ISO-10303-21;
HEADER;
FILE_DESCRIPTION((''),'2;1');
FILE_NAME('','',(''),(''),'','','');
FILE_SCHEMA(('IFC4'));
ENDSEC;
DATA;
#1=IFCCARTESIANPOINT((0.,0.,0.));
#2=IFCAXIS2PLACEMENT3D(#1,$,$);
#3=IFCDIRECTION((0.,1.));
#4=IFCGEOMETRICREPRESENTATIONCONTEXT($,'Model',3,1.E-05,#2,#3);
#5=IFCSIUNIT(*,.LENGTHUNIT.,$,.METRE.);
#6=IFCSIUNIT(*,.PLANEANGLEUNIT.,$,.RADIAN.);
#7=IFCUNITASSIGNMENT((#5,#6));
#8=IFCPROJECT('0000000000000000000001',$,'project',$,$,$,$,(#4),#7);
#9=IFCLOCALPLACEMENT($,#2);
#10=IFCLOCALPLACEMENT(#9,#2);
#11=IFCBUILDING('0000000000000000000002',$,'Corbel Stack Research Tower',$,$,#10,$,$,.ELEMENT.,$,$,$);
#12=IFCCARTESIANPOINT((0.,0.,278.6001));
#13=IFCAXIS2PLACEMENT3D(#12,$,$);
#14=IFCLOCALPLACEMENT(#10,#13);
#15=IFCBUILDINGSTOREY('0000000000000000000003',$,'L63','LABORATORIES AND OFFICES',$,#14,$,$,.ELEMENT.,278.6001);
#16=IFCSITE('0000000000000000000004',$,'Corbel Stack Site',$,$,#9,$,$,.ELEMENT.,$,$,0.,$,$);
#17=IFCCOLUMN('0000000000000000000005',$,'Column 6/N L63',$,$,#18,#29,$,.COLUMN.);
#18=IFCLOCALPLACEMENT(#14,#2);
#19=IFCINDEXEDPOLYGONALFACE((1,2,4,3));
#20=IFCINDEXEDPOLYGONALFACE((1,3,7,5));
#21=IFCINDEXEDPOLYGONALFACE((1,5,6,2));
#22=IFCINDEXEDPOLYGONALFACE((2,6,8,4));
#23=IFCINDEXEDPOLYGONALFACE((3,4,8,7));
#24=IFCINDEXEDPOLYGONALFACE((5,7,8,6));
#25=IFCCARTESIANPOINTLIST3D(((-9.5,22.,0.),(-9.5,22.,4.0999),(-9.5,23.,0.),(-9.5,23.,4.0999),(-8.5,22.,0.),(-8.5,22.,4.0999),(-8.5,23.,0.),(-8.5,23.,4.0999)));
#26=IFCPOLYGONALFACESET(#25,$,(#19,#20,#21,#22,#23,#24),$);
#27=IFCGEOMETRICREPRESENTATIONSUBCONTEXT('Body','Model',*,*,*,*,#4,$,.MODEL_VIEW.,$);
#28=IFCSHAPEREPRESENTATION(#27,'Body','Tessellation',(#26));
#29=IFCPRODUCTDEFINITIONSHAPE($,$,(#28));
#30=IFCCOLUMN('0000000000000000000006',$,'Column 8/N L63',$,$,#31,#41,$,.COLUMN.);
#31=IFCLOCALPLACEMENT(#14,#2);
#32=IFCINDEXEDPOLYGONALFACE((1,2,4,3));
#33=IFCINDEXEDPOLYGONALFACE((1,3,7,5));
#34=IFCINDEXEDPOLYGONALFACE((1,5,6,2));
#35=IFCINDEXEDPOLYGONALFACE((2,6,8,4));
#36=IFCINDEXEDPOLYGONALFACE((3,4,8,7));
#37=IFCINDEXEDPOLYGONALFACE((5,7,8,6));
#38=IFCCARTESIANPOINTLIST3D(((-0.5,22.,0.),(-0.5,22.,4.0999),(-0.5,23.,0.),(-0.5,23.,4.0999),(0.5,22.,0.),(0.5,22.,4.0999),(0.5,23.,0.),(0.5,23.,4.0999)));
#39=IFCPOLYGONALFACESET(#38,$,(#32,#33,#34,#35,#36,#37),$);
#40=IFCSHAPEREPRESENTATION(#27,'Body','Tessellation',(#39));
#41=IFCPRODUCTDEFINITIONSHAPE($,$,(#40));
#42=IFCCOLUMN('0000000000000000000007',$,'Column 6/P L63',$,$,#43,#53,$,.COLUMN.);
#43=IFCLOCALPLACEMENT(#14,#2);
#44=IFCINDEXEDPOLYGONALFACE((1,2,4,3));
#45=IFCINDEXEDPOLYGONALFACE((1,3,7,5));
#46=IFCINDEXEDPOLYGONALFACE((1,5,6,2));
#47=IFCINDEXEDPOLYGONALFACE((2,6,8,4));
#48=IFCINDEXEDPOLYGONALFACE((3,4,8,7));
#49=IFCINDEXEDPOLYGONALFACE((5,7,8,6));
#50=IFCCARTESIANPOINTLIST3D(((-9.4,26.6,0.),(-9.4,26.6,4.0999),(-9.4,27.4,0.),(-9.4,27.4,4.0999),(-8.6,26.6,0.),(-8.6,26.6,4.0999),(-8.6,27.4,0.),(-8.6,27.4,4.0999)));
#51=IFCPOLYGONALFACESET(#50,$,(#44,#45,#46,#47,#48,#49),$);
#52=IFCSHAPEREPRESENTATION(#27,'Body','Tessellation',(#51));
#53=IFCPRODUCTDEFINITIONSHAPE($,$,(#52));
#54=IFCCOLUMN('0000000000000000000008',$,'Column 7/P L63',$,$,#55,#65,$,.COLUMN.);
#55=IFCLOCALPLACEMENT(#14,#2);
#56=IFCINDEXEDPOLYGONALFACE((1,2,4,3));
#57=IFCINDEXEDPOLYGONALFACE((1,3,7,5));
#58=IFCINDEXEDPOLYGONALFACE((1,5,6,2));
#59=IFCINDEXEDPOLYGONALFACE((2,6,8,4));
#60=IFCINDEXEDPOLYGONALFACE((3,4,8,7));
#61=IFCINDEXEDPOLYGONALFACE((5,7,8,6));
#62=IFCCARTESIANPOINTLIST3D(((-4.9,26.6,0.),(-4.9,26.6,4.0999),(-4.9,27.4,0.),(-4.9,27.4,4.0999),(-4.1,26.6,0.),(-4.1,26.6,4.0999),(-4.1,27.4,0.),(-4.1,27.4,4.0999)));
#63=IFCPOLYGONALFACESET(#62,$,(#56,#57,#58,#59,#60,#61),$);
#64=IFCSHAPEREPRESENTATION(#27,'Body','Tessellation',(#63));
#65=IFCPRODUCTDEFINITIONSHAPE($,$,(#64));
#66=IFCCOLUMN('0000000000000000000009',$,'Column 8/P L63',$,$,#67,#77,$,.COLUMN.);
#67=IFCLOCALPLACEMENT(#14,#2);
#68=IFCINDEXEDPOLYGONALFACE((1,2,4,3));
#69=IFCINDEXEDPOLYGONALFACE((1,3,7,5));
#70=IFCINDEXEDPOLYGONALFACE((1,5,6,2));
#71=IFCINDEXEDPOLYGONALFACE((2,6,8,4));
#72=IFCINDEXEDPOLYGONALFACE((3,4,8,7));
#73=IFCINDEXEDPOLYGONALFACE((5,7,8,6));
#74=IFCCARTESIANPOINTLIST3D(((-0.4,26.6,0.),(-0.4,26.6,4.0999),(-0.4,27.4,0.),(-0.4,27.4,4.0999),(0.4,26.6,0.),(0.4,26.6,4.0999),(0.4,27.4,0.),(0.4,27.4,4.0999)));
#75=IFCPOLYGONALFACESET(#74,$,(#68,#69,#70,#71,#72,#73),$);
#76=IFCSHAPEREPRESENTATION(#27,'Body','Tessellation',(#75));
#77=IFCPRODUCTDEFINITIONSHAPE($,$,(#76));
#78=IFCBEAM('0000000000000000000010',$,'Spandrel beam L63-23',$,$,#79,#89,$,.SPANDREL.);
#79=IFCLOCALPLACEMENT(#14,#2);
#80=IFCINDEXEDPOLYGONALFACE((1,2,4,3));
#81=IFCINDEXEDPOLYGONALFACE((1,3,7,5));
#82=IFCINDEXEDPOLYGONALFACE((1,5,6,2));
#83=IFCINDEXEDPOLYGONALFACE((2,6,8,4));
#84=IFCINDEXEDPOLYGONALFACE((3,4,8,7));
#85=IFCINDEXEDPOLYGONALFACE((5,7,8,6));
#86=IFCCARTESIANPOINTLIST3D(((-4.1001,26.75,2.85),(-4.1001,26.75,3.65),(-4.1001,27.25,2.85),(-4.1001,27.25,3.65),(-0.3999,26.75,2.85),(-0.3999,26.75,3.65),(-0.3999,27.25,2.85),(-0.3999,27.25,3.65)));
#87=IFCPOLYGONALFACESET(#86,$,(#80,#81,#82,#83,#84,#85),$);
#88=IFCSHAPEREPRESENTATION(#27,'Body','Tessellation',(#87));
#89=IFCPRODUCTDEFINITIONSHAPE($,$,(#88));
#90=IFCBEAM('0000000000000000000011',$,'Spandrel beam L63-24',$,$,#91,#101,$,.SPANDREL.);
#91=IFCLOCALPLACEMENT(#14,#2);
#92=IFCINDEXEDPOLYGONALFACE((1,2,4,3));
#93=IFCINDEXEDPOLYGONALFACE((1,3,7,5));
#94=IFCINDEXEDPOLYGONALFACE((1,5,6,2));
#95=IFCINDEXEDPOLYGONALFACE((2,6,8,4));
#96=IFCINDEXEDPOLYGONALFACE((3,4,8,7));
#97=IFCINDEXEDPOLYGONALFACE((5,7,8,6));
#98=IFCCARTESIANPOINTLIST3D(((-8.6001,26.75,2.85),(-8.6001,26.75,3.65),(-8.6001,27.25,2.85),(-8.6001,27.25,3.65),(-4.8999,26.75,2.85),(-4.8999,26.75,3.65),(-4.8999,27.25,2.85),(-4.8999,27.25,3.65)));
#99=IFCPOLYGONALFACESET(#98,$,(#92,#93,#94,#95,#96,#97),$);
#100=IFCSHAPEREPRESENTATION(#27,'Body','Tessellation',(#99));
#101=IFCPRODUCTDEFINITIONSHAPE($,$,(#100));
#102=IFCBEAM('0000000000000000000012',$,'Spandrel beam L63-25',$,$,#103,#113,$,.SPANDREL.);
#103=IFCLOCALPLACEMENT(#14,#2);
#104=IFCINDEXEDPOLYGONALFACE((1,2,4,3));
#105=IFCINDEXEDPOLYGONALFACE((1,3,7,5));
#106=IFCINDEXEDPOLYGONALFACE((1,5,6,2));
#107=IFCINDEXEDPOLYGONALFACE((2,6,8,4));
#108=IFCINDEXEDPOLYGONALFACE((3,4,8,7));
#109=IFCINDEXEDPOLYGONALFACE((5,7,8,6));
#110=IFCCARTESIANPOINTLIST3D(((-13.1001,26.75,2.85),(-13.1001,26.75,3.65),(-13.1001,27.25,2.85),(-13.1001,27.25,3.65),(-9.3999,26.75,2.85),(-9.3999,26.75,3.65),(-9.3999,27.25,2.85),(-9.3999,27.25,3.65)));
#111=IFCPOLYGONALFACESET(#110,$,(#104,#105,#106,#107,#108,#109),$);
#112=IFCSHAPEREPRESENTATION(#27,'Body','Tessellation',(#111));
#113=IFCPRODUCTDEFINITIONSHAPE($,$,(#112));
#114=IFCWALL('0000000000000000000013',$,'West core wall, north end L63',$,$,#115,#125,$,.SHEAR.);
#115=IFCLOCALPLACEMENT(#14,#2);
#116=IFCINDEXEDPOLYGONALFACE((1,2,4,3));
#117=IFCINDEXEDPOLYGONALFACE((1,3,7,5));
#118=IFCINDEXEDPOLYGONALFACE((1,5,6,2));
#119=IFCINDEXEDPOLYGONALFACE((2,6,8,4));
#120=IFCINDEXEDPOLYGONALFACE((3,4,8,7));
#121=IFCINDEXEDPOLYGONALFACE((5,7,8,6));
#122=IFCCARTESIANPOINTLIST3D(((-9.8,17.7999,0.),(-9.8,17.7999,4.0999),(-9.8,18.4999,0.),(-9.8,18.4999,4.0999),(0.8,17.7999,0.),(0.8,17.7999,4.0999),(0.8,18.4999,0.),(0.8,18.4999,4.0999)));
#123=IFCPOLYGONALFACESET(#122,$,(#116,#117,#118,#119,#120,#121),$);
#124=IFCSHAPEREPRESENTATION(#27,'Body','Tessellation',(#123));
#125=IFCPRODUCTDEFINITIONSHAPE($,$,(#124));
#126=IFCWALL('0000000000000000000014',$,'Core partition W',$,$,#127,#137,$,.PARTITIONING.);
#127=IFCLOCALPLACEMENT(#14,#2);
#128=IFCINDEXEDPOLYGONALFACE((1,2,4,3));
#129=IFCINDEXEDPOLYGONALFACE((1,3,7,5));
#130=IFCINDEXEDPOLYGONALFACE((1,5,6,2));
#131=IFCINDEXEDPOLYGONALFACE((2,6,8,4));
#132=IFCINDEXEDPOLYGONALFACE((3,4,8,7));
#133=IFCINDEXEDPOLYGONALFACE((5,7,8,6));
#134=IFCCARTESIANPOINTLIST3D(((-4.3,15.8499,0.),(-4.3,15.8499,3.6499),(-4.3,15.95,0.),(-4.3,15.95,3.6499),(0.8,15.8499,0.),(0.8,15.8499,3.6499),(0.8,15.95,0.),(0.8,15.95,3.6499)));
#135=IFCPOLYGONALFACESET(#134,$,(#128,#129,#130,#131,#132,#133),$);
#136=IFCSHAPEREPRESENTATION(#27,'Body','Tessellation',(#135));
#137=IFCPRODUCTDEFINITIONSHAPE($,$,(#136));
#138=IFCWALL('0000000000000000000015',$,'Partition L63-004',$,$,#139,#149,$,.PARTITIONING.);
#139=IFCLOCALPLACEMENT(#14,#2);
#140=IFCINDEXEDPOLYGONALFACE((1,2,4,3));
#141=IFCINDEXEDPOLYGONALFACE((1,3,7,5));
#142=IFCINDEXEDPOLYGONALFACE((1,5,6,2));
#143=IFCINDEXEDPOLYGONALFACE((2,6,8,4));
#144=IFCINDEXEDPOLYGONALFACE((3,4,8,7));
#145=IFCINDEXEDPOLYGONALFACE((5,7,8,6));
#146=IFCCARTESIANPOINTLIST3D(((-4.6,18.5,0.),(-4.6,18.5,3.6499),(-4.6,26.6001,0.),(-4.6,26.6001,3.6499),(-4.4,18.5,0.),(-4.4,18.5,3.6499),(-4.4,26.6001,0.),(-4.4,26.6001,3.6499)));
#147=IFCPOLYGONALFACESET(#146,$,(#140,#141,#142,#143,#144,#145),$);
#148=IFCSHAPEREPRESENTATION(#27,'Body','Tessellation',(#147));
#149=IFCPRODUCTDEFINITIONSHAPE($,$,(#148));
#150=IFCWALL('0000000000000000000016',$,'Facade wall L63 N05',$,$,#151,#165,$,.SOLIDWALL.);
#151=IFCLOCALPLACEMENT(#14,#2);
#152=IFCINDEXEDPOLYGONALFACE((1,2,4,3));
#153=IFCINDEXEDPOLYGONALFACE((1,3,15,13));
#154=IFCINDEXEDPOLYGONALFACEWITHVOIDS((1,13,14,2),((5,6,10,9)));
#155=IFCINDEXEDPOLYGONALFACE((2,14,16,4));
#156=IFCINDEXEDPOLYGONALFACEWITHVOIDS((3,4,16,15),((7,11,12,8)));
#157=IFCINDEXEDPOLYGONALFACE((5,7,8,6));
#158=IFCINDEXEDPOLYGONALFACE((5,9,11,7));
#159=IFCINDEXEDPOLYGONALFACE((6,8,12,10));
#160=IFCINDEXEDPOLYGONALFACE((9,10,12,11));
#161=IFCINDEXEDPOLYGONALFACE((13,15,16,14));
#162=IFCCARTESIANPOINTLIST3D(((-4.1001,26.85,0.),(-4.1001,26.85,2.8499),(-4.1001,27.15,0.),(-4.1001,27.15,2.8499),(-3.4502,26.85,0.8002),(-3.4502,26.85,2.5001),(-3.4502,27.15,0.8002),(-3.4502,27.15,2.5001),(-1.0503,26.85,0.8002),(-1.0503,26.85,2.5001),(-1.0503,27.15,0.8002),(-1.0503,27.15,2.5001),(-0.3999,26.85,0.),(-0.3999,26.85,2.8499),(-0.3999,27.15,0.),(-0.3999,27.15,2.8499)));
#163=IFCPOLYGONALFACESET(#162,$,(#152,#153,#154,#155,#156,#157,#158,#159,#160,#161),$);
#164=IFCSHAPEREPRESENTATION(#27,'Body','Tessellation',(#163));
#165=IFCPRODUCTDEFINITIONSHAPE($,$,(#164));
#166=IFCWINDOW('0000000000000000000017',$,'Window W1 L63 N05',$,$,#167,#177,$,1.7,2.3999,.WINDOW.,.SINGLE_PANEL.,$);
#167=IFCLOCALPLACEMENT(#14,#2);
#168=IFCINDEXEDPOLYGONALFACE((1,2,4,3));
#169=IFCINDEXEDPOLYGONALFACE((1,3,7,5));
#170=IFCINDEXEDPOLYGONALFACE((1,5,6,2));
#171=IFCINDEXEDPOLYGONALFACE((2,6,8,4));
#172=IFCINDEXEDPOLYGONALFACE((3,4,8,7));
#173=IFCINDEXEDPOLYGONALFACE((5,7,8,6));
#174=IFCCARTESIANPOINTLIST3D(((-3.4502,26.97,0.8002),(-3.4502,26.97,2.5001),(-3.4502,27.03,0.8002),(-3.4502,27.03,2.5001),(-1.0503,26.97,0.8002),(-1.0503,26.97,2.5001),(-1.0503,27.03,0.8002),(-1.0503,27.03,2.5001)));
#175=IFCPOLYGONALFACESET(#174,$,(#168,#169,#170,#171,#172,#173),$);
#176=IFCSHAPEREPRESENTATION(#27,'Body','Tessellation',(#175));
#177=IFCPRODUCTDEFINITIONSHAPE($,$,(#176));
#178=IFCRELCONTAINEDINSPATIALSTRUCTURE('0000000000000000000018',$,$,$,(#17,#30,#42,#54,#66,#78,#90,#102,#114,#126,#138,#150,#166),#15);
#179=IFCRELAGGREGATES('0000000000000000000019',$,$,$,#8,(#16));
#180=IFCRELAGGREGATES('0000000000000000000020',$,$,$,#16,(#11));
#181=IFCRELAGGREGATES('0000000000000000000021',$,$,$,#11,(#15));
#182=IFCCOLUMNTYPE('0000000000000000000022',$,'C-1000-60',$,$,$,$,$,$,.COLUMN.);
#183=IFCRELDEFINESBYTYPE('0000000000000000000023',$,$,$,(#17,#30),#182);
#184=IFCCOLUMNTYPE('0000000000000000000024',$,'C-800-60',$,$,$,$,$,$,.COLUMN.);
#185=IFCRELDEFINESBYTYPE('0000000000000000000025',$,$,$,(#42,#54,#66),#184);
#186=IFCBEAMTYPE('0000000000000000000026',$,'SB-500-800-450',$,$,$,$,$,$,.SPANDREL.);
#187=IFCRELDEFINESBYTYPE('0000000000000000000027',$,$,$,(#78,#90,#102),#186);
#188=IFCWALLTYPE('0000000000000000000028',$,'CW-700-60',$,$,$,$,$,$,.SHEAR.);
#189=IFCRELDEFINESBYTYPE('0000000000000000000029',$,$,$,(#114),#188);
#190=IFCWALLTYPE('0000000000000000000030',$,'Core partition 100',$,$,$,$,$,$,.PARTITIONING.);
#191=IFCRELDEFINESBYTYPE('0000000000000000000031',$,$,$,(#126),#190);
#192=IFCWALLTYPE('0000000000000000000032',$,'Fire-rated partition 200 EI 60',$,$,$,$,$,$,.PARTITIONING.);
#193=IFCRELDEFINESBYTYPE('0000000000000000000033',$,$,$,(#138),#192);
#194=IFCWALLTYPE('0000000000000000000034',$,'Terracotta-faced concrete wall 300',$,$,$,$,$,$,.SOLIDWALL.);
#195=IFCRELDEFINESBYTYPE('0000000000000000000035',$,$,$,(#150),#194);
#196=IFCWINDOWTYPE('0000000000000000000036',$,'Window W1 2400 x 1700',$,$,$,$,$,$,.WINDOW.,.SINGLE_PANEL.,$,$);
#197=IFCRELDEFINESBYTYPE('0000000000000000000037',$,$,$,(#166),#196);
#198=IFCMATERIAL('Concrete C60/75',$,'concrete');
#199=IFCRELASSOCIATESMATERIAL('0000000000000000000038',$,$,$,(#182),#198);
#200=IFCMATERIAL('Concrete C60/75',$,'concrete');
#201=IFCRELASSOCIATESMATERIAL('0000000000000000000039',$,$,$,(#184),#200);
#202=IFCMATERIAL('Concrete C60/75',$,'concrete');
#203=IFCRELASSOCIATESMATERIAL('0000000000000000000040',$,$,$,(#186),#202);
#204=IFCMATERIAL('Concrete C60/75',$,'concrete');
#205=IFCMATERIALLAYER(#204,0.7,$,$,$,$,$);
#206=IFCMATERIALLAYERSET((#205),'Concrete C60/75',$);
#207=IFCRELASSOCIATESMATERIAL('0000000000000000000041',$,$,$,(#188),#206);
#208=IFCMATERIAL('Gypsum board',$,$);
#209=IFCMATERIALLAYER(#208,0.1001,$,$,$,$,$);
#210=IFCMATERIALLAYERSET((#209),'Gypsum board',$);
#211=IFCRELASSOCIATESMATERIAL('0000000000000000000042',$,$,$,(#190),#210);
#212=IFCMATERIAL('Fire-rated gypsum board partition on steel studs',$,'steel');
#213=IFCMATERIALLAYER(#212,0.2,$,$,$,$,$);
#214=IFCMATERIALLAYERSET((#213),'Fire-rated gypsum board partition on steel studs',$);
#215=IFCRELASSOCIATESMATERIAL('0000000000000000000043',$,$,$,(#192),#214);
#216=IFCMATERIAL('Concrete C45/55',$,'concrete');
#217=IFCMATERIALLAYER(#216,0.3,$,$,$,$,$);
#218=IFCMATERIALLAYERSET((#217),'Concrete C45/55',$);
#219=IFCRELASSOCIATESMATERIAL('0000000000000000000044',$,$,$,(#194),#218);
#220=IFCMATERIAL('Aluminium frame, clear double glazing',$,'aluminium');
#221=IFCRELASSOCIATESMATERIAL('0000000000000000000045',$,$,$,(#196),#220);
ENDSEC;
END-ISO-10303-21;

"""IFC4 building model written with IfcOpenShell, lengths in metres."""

from ifc_helpers import new_model, si_unit, direction, frame, frame_2d, origin, origin_2d, place, context, subcontext, project, spatial, rectangle, extrude, material, layer, layer_set, material_profile, profile_set, type_object, element, fill, save


model = new_model("IFC4")

# Units and contexts
model_context = context("Model", 3, precision=1e-05, world=origin(), true_north=direction((0.0, 1.0)))
body_context = subcontext(model_context, "Body", "Model", "MODEL_VIEW")
ifc_project = project(units=[si_unit("LENGTHUNIT", "METRE"), si_unit("PLANEANGLEUNIT", "RADIAN")], contexts=[model_context])

# Site, building, storey
site_placement = place(None, origin())
site = spatial("IfcSite", under=ifc_project, at=site_placement, Name="Corbel Stack Site", CompositionType="ELEMENT", RefElevation=0.0)
building_placement = place(site_placement, origin())
building = spatial("IfcBuilding", under=site, at=building_placement, Name="Corbel Stack Research Tower", CompositionType="ELEMENT")
storey_placement = place(building_placement, frame((0.0, 0.0, 278.6001)))
storey = spatial("IfcBuildingStorey", under=building, at=storey_placement, Name="L63", Description="LABORATORIES AND OFFICES", CompositionType="ELEMENT", Elevation=278.6001)

# Columns
ifc_material_1 = material(Name="Concrete C60/75", Category="concrete")
ifc_material_profile_1 = material_profile(ifc_material_1, rectangle(XDim=1.0, YDim=1.0, at=origin_2d()), Name="RC 1000 x 1000")
ifc_profile_set_1 = profile_set([ifc_material_profile_1], Name="Concrete C60/75")
column_type_1 = type_object("IfcColumnType", Name="C-1000-60", PredefinedType="COLUMN", material=ifc_profile_set_1)
for number, where, z_axis, x_axis, name in (
    (1, (-9.0, 22.5, 0.0), (0.0, 0.0, 1.0), (1.0, 0.0, 0.0), "Column 6/N L63"),
    (2, (0.0, 22.5, 0.0), (0.0, 0.0, 1.0), (1.0, 0.0, 0.0), "Column 8/N L63"),
):
    element("IfcColumn", number, at=place(storey_placement, frame(where, z_axis=z_axis, x_axis=x_axis)), inside=storey, type_object=column_type_1, Name=name, PredefinedType="COLUMN", context=body_context, shape_type="SweptSolid", body=[
        extrude(rectangle(XDim=1.0, YDim=1.0, at=origin_2d()), origin(), (0.0, 0.0, 1.0), 4.0999),
    ])
ifc_material_2 = material(Name="Concrete C60/75", Category="concrete")
ifc_material_profile_2 = material_profile(ifc_material_2, rectangle(XDim=0.8, YDim=0.8, at=origin_2d()), Name="RC 800 x 800")
ifc_profile_set_2 = profile_set([ifc_material_profile_2], Name="Concrete C60/75")
column_type_2 = type_object("IfcColumnType", Name="C-800-60", PredefinedType="COLUMN", material=ifc_profile_set_2)
for number, where, z_axis, x_axis, name in (
    (3, (-9.0, 27.0, 0.0), (0.0, 0.0, 1.0), (1.0, 0.0, 0.0), "Column 6/P L63"),
    (4, (-4.5, 27.0, 0.0), (0.0, 0.0, 1.0), (1.0, 0.0, 0.0), "Column 7/P L63"),
    (5, (0.0, 27.0, 0.0), (0.0, 0.0, 1.0), (1.0, 0.0, 0.0), "Column 8/P L63"),
):
    element("IfcColumn", number, at=place(storey_placement, frame(where, z_axis=z_axis, x_axis=x_axis)), inside=storey, type_object=column_type_2, Name=name, PredefinedType="COLUMN", context=body_context, shape_type="SweptSolid", body=[
        extrude(rectangle(XDim=0.8, YDim=0.8, at=origin_2d()), origin(), (0.0, 0.0, 1.0), 4.0999),
    ])

# Beams
ifc_material_3 = material(Name="Concrete C60/75", Category="concrete")
ifc_material_profile_3 = material_profile(ifc_material_3, rectangle(XDim=0.5, YDim=0.8, at=origin_2d()), Name="RC 500 x 800")
ifc_profile_set_3 = profile_set([ifc_material_profile_3], Name="Concrete C60/75")
beam_type = type_object("IfcBeamType", Name="SB-500-800-450", PredefinedType="SPANDREL", material=ifc_profile_set_3)
for number, where, z_axis, x_axis, name in (
    (6, (-0.3999, 27.0, 3.25), (-1.0, 0.0, 0.0), (0.0, -1.0, 0.0), "Spandrel beam L63-23"),
    (7, (-4.8999, 27.0, 3.25), (-1.0, 0.0, 0.0), (0.0, -1.0, 0.0), "Spandrel beam L63-24"),
    (8, (-9.3999, 27.0, 3.25), (-1.0, 0.0, 0.0), (0.0, -1.0, 0.0), "Spandrel beam L63-25"),
):
    element("IfcBeam", number, at=place(storey_placement, frame(where, z_axis=z_axis, x_axis=x_axis)), inside=storey, type_object=beam_type, Name=name, PredefinedType="SPANDREL", context=body_context, shape_type="SweptSolid", body=[
        extrude(rectangle(XDim=0.5, YDim=0.8, at=origin_2d()), origin(), (0.0, 0.0, 1.0), 3.7002),
    ])

# Walls
ifc_material_4 = material(Name="Concrete C60/75", Category="concrete")
ifc_layer_1 = layer(ifc_material_4, 0.7)
ifc_layer_set_1 = layer_set([ifc_layer_1], Name="Concrete C60/75")
wall_type_1 = type_object("IfcWallType", Name="CW-700-60", PredefinedType="SHEAR", material=ifc_layer_set_1)
wall_1_placement = place(storey_placement, frame((-9.8, 18.1499, 0.0), z_axis=(0.0, 0.0, 1.0), x_axis=(1.0, 0.0, 0.0)))
element("IfcWall", 9, at=wall_1_placement, inside=storey, type_object=wall_type_1, Name="West core wall, north end L63", PredefinedType="SHEAR", context=body_context, shape_type="SweptSolid", body=[
    extrude(rectangle(XDim=10.6001, YDim=0.7, at=frame_2d((5.3, 0.0))), origin(), (0.0, 0.0, 1.0), 4.0999),
])
ifc_material_5 = material(Name="Gypsum board")
ifc_layer_2 = layer(ifc_material_5, 0.1001)
ifc_layer_set_2 = layer_set([ifc_layer_2], Name="Gypsum board")
wall_type_2 = type_object("IfcWallType", Name="Core partition 100", PredefinedType="PARTITIONING", material=ifc_layer_set_2)
wall_2_placement = place(storey_placement, frame((-4.3, 15.8999, 0.0), z_axis=(0.0, 0.0, 1.0), x_axis=(1.0, 0.0, 0.0)))
element("IfcWall", 10, at=wall_2_placement, inside=storey, type_object=wall_type_2, Name="Core partition W", PredefinedType="PARTITIONING", context=body_context, shape_type="SweptSolid", body=[
    extrude(rectangle(XDim=5.1001, YDim=0.1001, at=frame_2d((2.55, 0.0))), origin(), (0.0, 0.0, 1.0), 3.6499),
])
ifc_material_6 = material(Name="Fire-rated gypsum board partition on steel studs", Category="steel")
ifc_layer_3 = layer(ifc_material_6, 0.2)
ifc_layer_set_3 = layer_set([ifc_layer_3], Name="Fire-rated gypsum board partition on steel studs")
wall_type_3 = type_object("IfcWallType", Name="Fire-rated partition 200 EI 60", PredefinedType="PARTITIONING", material=ifc_layer_set_3)
wall_3_placement = place(storey_placement, frame((-4.5, 18.5, 0.0), z_axis=(0.0, 0.0, 1.0), x_axis=(0.0, 1.0, 0.0)))
element("IfcWall", 11, at=wall_3_placement, inside=storey, type_object=wall_type_3, Name="Partition L63-004", PredefinedType="PARTITIONING", context=body_context, shape_type="SweptSolid", body=[
    extrude(rectangle(XDim=8.1001, YDim=0.2, at=frame_2d((4.05, 0.0))), origin(), (0.0, 0.0, 1.0), 3.6499),
])

# Wall, opening, window
ifc_material_7 = material(Name="Concrete C45/55", Category="concrete")
ifc_layer_4 = layer(ifc_material_7, 0.3)
ifc_layer_set_4 = layer_set([ifc_layer_4], Name="Concrete C45/55")
wall_type_4 = type_object("IfcWallType", Name="Terracotta-faced concrete wall 300", PredefinedType="SOLIDWALL", material=ifc_layer_set_4)
wall_4_placement = place(storey_placement, frame((-4.1001, 27.0, 0.0), z_axis=(0.0, 0.0, 1.0), x_axis=(1.0, 0.0, 0.0)))
wall_4 = element("IfcWall", 12, at=wall_4_placement, inside=storey, type_object=wall_type_4, Name="Facade wall L63 N05", PredefinedType="SOLIDWALL", context=body_context, shape_type="SweptSolid", body=[
    extrude(rectangle(XDim=3.7002, YDim=0.3, at=frame_2d((1.8501, 0.0))), origin(), (0.0, 0.0, 1.0), 2.8499),
])
opening_1_placement = place(wall_4_placement, frame((0.6499, 0.0, 0.8)))
opening_1 = element("IfcOpeningElement", 13, at=opening_1_placement, cuts=wall_4, PredefinedType="OPENING", context=body_context, shape_type="SweptSolid", body=[
    extrude(rectangle(XDim=2.3999, YDim=1.7, at=frame_2d((1.2, 0.8501))), frame((0.0, 0.1599, 0.0), z_axis=(0.0, -1.0, 0.0), x_axis=(1.0, 0.0, 0.0)), (0.0, 0.0, 1.0), 0.3201),
])
ifc_material_8 = material(Name="Aluminium frame, clear double glazing", Category="aluminium")
window_type = type_object("IfcWindowType", Name="Window W1 2400 x 1700", PartitioningType="SINGLE_PANEL", PredefinedType="WINDOW", material=ifc_material_8)
window_1_placement = place(opening_1_placement, origin())
window_1 = element("IfcWindow", 14, at=window_1_placement, inside=storey, type_object=window_type, Name="Window W1 L63 N05", OverallHeight=1.7, OverallWidth=2.3999, PartitioningType="SINGLE_PANEL", PredefinedType="WINDOW", context=body_context, shape_type="SweptSolid", body=[
    extrude(rectangle(XDim=2.3999, YDim=1.7, at=frame_2d((1.2, 0.8501))), frame((0.0, 0.03, 0.0), z_axis=(0.0, -1.0, 0.0), x_axis=(1.0, 0.0, 0.0)), (0.0, 0.0, 1.0), 0.0601),
])
fill(opening_1, window_1)

save(model, "model.ifc")
